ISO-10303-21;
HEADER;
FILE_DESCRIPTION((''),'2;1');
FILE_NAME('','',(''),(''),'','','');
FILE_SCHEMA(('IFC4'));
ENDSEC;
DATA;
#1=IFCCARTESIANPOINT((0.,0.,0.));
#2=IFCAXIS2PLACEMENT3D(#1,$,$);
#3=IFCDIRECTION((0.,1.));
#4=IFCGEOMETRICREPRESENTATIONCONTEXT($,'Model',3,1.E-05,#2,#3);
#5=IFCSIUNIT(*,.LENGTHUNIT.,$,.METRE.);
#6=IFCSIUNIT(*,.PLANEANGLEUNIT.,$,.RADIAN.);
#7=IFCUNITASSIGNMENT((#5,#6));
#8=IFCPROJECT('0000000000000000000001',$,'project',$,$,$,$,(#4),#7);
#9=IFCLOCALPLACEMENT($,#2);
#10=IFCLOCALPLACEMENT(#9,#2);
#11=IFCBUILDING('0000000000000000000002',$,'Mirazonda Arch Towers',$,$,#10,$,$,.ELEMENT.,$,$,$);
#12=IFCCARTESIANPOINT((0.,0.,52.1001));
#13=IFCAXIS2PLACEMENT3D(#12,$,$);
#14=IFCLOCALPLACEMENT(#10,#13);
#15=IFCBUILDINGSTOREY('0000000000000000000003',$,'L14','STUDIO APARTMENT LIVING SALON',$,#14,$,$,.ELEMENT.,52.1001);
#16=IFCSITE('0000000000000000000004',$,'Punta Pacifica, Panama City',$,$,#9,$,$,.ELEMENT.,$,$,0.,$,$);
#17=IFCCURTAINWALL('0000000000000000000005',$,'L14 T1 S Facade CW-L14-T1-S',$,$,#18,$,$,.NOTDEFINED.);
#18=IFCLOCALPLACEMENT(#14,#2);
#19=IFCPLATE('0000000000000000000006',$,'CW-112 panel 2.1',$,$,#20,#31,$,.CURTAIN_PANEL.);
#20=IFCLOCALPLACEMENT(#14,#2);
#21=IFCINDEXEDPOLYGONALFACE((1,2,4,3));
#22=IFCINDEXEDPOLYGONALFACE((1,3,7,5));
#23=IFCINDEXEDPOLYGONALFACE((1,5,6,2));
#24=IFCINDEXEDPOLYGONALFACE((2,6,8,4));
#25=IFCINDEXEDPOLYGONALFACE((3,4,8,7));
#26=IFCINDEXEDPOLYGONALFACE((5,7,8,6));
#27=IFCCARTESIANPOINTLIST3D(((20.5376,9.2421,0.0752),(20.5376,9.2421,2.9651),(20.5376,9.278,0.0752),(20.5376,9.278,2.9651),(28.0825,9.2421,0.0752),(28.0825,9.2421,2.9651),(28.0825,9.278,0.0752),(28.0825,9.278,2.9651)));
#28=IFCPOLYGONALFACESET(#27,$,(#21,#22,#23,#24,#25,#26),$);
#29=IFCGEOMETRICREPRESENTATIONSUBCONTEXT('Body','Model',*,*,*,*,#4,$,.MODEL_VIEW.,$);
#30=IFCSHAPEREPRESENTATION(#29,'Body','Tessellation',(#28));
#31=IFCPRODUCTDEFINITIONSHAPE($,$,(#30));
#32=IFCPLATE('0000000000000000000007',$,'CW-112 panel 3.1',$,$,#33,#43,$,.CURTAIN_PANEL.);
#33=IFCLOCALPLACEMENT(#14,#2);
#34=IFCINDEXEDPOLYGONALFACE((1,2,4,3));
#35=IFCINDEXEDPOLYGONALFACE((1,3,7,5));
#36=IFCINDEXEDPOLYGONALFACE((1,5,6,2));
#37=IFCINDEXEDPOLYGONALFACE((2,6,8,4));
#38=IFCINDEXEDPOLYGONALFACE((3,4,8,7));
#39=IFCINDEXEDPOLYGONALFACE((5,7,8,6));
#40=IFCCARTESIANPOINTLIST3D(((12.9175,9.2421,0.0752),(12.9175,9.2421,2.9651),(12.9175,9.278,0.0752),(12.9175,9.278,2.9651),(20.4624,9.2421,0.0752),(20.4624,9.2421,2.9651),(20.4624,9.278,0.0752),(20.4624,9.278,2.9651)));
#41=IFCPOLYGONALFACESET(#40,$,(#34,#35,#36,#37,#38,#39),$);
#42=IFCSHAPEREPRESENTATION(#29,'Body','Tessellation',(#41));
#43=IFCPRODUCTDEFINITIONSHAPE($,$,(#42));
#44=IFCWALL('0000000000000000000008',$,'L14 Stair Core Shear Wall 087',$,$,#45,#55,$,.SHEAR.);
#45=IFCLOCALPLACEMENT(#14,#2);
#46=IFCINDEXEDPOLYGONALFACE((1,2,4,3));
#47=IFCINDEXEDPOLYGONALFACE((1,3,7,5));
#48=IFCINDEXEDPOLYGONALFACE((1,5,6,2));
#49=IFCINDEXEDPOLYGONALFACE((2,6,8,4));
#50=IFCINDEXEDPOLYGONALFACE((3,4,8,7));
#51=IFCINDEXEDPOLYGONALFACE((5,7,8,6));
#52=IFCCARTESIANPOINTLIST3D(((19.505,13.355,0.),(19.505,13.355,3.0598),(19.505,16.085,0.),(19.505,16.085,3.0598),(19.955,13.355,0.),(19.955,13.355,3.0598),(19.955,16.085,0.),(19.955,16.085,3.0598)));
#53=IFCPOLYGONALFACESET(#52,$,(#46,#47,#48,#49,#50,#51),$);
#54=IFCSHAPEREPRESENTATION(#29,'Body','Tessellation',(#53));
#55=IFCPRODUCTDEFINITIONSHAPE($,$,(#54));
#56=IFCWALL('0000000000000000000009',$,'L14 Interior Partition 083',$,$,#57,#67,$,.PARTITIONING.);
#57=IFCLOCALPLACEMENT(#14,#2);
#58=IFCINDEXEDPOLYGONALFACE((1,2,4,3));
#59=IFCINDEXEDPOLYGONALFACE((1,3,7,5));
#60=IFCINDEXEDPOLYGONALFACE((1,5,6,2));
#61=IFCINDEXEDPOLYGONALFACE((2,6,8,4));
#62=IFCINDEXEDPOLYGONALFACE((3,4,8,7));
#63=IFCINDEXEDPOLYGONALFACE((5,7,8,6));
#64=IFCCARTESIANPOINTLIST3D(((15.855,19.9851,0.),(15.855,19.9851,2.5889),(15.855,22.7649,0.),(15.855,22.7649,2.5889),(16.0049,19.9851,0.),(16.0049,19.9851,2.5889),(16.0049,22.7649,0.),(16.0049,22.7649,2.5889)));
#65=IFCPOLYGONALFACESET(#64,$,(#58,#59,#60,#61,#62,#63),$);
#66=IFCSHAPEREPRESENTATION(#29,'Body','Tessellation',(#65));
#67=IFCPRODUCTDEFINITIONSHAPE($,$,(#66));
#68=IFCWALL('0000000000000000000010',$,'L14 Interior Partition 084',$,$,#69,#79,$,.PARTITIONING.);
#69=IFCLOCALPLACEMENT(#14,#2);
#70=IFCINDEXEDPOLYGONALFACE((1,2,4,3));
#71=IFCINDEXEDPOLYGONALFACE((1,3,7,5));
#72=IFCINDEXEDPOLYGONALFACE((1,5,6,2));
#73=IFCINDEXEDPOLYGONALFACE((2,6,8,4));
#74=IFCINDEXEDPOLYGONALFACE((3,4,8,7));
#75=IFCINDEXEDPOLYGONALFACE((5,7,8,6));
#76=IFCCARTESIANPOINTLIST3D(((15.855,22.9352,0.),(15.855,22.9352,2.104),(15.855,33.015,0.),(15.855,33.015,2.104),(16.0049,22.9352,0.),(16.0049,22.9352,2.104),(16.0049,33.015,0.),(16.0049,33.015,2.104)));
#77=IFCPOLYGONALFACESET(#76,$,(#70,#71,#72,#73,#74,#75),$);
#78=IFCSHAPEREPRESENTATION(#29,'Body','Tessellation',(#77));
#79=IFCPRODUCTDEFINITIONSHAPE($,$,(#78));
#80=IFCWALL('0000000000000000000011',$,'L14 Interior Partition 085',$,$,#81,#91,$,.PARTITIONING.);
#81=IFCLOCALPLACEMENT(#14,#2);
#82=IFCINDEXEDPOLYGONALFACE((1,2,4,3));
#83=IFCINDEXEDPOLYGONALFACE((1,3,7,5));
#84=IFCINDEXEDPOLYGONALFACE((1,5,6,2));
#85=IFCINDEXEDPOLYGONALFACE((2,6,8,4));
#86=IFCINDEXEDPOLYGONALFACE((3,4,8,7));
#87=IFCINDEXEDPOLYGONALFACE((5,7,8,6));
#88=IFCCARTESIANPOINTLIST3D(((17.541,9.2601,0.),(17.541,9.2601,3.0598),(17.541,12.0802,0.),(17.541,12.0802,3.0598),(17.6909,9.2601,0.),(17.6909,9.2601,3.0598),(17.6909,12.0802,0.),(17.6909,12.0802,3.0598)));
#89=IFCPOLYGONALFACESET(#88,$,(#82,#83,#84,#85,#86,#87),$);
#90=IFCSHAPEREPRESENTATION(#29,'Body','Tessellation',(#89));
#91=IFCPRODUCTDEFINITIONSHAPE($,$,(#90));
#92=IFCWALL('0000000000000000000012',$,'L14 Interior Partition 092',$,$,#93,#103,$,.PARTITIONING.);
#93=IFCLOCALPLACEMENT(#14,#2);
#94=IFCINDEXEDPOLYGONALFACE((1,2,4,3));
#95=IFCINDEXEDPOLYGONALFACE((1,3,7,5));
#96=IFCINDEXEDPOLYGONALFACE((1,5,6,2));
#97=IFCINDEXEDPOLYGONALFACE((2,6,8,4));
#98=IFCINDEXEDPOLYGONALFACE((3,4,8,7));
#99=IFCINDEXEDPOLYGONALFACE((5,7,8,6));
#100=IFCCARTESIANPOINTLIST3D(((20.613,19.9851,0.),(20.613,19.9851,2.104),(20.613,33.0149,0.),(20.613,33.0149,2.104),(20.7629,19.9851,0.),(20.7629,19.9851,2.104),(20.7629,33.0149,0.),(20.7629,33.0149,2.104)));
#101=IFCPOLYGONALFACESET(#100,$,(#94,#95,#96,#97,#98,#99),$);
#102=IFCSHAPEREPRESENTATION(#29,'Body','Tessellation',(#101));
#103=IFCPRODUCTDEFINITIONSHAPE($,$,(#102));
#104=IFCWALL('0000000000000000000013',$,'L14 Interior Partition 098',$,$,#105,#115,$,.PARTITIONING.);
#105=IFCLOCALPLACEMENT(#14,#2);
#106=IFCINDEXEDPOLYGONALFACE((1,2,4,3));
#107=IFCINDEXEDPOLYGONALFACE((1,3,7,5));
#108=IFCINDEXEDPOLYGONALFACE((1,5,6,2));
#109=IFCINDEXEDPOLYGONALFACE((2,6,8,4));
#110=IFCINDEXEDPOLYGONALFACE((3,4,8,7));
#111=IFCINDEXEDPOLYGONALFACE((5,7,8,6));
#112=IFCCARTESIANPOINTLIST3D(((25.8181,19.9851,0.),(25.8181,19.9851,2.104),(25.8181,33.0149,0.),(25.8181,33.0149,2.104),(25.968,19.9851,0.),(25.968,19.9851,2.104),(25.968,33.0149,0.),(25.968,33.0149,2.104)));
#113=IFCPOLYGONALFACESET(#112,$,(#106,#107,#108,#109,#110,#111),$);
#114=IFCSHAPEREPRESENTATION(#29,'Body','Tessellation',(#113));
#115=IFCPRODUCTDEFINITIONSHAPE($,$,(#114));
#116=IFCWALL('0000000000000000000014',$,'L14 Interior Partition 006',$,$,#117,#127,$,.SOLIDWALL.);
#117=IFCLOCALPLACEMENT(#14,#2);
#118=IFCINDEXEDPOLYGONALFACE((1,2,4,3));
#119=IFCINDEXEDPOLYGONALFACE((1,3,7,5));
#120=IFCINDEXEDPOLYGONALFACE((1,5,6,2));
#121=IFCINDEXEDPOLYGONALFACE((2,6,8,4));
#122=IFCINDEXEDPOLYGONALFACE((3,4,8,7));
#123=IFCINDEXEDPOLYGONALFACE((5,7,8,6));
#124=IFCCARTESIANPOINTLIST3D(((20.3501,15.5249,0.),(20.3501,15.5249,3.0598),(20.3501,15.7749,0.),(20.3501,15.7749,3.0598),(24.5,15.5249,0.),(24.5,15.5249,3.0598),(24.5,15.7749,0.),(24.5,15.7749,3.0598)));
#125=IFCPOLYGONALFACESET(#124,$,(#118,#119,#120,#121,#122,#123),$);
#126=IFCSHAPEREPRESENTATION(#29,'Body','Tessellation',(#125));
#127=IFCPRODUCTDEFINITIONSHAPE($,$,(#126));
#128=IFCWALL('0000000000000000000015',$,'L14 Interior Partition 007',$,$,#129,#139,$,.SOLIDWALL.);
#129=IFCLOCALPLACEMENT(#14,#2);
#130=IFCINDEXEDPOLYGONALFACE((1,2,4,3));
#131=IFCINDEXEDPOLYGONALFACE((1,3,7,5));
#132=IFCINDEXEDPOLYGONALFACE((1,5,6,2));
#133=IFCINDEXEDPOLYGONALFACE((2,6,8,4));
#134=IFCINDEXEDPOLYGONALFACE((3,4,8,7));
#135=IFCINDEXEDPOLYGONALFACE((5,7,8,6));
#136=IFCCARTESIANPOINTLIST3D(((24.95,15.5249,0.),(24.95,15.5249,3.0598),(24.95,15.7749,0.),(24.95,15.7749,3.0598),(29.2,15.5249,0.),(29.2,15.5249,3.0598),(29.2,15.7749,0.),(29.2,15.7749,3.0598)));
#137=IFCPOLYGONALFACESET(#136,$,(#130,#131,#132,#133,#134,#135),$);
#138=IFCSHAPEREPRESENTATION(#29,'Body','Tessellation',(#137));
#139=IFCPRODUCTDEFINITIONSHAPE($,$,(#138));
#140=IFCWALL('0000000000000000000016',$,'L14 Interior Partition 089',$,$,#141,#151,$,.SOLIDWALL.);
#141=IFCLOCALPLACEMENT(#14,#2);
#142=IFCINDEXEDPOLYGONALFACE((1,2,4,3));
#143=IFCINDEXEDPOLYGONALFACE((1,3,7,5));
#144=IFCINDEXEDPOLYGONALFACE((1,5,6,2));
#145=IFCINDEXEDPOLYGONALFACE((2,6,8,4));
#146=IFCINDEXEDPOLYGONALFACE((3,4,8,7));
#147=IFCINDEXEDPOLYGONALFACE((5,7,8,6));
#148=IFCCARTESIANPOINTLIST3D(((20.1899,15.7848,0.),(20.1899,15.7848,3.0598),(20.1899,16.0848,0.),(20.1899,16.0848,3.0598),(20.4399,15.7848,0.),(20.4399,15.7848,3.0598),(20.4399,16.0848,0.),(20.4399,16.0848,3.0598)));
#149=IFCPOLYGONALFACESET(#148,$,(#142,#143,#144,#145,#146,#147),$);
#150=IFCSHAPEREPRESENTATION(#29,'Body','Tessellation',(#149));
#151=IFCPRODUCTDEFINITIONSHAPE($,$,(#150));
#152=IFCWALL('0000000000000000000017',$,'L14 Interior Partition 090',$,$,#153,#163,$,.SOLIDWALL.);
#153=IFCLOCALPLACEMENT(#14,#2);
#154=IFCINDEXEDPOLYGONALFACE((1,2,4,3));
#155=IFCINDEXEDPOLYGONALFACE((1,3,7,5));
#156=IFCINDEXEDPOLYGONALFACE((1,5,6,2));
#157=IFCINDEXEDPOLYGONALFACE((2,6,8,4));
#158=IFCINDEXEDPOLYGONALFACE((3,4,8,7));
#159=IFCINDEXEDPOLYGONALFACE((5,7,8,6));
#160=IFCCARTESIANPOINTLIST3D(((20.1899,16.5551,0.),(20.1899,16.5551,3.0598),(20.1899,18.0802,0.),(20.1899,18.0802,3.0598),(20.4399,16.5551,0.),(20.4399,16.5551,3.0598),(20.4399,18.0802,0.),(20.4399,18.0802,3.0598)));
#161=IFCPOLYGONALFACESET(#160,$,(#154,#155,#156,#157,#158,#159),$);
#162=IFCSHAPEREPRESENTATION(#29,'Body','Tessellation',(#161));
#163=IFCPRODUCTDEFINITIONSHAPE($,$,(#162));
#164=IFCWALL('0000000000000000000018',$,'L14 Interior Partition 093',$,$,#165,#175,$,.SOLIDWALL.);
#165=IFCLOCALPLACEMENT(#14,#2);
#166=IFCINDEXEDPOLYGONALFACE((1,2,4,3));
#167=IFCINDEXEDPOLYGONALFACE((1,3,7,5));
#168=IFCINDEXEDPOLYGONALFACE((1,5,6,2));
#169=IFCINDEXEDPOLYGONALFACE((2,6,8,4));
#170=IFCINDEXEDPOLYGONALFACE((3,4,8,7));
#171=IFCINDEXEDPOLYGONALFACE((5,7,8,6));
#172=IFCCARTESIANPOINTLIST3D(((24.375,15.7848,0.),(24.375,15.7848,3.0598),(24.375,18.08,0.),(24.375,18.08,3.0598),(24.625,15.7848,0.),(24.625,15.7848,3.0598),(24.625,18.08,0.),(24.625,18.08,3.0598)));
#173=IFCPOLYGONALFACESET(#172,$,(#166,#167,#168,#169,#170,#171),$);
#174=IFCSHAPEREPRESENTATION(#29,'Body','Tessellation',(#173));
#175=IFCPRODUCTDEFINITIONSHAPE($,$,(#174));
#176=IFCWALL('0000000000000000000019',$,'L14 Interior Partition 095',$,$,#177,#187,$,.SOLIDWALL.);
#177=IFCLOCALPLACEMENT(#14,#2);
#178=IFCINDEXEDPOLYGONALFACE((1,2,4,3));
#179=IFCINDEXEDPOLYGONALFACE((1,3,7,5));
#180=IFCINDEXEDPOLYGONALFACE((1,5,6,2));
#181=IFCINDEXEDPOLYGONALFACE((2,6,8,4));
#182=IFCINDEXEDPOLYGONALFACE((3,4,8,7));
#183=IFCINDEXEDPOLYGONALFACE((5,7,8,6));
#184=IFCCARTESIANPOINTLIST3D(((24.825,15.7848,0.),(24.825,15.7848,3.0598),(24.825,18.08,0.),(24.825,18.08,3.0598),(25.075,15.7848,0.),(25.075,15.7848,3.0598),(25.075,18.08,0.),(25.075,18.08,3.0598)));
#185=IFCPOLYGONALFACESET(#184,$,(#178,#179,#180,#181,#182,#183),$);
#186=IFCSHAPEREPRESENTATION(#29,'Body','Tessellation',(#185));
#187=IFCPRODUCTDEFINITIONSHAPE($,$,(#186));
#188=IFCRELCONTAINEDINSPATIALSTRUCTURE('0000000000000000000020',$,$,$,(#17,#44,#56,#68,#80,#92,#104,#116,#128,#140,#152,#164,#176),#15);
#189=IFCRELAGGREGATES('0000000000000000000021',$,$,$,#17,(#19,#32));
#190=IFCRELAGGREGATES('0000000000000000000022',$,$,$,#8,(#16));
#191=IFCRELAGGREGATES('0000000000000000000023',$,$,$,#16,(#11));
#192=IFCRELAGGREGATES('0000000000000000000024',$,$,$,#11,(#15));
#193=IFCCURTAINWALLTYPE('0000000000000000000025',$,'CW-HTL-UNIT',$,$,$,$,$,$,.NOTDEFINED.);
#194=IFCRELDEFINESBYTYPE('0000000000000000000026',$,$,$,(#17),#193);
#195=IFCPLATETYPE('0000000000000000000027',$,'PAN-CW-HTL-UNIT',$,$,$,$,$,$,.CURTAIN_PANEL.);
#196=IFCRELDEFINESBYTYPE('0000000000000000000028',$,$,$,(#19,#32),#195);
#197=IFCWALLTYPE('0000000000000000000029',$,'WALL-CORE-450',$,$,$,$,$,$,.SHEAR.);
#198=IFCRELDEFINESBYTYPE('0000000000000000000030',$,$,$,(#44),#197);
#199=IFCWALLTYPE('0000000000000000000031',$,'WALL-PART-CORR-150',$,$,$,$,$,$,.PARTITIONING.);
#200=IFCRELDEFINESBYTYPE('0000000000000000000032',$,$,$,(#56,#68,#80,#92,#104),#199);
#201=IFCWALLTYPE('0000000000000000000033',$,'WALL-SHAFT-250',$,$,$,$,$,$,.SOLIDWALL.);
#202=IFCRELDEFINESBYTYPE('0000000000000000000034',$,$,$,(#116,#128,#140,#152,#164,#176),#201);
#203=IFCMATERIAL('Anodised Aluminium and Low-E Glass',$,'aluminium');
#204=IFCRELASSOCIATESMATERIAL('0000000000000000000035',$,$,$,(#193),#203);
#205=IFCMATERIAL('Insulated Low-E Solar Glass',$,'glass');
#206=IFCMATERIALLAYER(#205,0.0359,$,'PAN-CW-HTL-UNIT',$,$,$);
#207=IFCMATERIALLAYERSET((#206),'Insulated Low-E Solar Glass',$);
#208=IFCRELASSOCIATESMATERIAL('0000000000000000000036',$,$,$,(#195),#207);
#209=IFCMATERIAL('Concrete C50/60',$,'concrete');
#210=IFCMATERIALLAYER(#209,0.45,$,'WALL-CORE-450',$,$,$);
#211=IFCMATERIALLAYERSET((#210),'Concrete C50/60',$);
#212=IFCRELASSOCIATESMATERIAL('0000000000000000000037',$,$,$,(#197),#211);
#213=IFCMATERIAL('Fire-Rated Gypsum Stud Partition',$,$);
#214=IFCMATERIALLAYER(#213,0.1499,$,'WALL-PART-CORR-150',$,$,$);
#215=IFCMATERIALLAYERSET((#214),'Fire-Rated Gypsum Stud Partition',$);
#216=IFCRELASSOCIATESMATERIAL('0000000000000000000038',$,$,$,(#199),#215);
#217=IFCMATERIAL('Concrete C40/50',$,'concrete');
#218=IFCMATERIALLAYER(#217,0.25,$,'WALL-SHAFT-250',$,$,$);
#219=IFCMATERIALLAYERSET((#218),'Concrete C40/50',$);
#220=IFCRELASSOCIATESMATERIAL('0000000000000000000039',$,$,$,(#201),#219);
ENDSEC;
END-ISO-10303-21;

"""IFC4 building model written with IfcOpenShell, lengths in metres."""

from ifc_helpers import new_model, si_unit, direction, frame, frame_2d, origin, origin_2d, place, context, subcontext, project, spatial, rectangle, extrude, material, layer, layer_set, type_object, element, aggregate, save


model = new_model("IFC4")

# Units and contexts
model_context = context("Model", 3, precision=1e-05, world=origin(), true_north=direction((0.0, 1.0)))
body_context = subcontext(model_context, "Body", "Model", "MODEL_VIEW")
ifc_project = project(units=[si_unit("LENGTHUNIT", "METRE"), si_unit("PLANEANGLEUNIT", "RADIAN")], contexts=[model_context])

# Site, building, storey
site_placement = place(None, origin())
site = spatial("IfcSite", under=ifc_project, at=site_placement, Name="Punta Pacifica, Panama City", CompositionType="ELEMENT", RefElevation=0.0)
building_placement = place(site_placement, origin())
building = spatial("IfcBuilding", under=site, at=building_placement, Name="Mirazonda Arch Towers", CompositionType="ELEMENT")
storey_placement = place(building_placement, frame((0.0, 0.0, 52.1001)))
storey = spatial("IfcBuildingStorey", under=building, at=storey_placement, Name="L14", Description="STUDIO APARTMENT LIVING SALON", CompositionType="ELEMENT", Elevation=52.1001)

# Curtain wall, plates
ifc_material_1 = material(Name="Anodised Aluminium and Low-E Glass", Category="aluminium")
curtain_wall_type = type_object("IfcCurtainWallType", Name="CW-HTL-UNIT", PredefinedType="NOTDEFINED", material=ifc_material_1)
curtain_wall_placement = place(storey_placement, origin())
curtain_wall = element("IfcCurtainWall", 1, at=curtain_wall_placement, inside=storey, type_object=curtain_wall_type, Name="L14 T1 S Facade CW-L14-T1-S", PredefinedType="NOTDEFINED")
ifc_material_2 = material(Name="Insulated Low-E Solar Glass", Category="glass")
ifc_layer_1 = layer(ifc_material_2, 0.0359, Name="PAN-CW-HTL-UNIT")
ifc_layer_set_1 = layer_set([ifc_layer_1], Name="Insulated Low-E Solar Glass")
plate_type = type_object("IfcPlateType", Name="PAN-CW-HTL-UNIT", PredefinedType="CURTAIN_PANEL", material=ifc_layer_set_1)
plate_1_placement = place(storey_placement, frame((24.3101, 9.26, 0.0752), z_axis=(0.0, 0.0, 1.0), x_axis=(-1.0, 0.0, 0.0)))
plate_1 = element("IfcPlate", 2, at=plate_1_placement, type_object=plate_type, Name="CW-112 panel 2.1", PredefinedType="CURTAIN_PANEL", context=body_context, shape_type="SweptSolid", body=[
    extrude(rectangle(XDim=7.5449, YDim=0.0359, at=origin_2d()), origin(), (0.0, 0.0, 1.0), 2.8899),
])
plate_2_placement = place(storey_placement, frame((16.6899, 9.26, 0.0752), z_axis=(0.0, 0.0, 1.0), x_axis=(-1.0, 0.0, 0.0)))
plate_2 = element("IfcPlate", 3, at=plate_2_placement, type_object=plate_type, Name="CW-112 panel 3.1", PredefinedType="CURTAIN_PANEL", context=body_context, shape_type="SweptSolid", body=[
    extrude(rectangle(XDim=7.5449, YDim=0.0359, at=origin_2d()), origin(), (0.0, 0.0, 1.0), 2.8899),
])
aggregate(curtain_wall, [plate_1, plate_2])

# Walls
ifc_material_3 = material(Name="Concrete C50/60", Category="concrete")
ifc_layer_2 = layer(ifc_material_3, 0.45, Name="WALL-CORE-450")
ifc_layer_set_2 = layer_set([ifc_layer_2], Name="Concrete C50/60")
wall_type_1 = type_object("IfcWallType", Name="WALL-CORE-450", PredefinedType="SHEAR", material=ifc_layer_set_2)
wall_1_placement = place(storey_placement, frame((19.73, 13.355, 0.0), z_axis=(0.0, 0.0, 1.0), x_axis=(0.0, 1.0, 0.0)))
element("IfcWall", 4, at=wall_1_placement, inside=storey, type_object=wall_type_1, Name="L14 Stair Core Shear Wall 087", PredefinedType="SHEAR", context=body_context, shape_type="SweptSolid", body=[
    extrude(rectangle(XDim=2.73, YDim=0.45, at=frame_2d((1.365, 0.0))), origin(), (0.0, 0.0, 1.0), 3.0598),
])
ifc_material_4 = material(Name="Fire-Rated Gypsum Stud Partition")
ifc_layer_3 = layer(ifc_material_4, 0.1499, Name="WALL-PART-CORR-150")
ifc_layer_set_3 = layer_set([ifc_layer_3], Name="Fire-Rated Gypsum Stud Partition")
wall_type_2 = type_object("IfcWallType", Name="WALL-PART-CORR-150", PredefinedType="PARTITIONING", material=ifc_layer_set_3)
wall_2_placement = place(storey_placement, frame((15.9299, 19.9851, 0.0), z_axis=(0.0, 0.0, 1.0), x_axis=(0.0, 1.0, 0.0)))
element("IfcWall", 5, at=wall_2_placement, inside=storey, type_object=wall_type_2, Name="L14 Interior Partition 083", PredefinedType="PARTITIONING", context=body_context, shape_type="SweptSolid", body=[
    extrude(rectangle(XDim=2.7798, YDim=0.1499, at=frame_2d((1.3899, 0.0))), origin(), (0.0, 0.0, 1.0), 2.5889),
])
wall_3_placement = place(storey_placement, frame((15.9299, 22.9351, 0.0), z_axis=(0.0, 0.0, 1.0), x_axis=(0.0, 1.0, 0.0)))
element("IfcWall", 6, at=wall_3_placement, inside=storey, type_object=wall_type_2, Name="L14 Interior Partition 084", PredefinedType="PARTITIONING", context=body_context, shape_type="SweptSolid", body=[
    extrude(rectangle(XDim=10.0798, YDim=0.1499, at=frame_2d((5.04, 0.0))), origin(), (0.0, 0.0, 1.0), 2.104),
])
wall_4_placement = place(storey_placement, frame((17.616, 9.26, 0.0), z_axis=(0.0, 0.0, 1.0), x_axis=(0.0, 1.0, 0.0)))
element("IfcWall", 7, at=wall_4_placement, inside=storey, type_object=wall_type_2, Name="L14 Interior Partition 085", PredefinedType="PARTITIONING", context=body_context, shape_type="SweptSolid", body=[
    extrude(rectangle(XDim=2.8201, YDim=0.1499, at=frame_2d((1.4102, 0.0))), origin(), (0.0, 0.0, 1.0), 3.0598),
])
for number, where, z_axis, x_axis, name in (
    (8, (20.688, 19.9851, 0.0), (0.0, 0.0, 1.0), (0.0, 1.0, 0.0), "L14 Interior Partition 092"),
    (9, (25.8931, 19.9851, 0.0), (0.0, 0.0, 1.0), (0.0, 1.0, 0.0), "L14 Interior Partition 098"),
):
    element("IfcWall", number, at=place(storey_placement, frame(where, z_axis=z_axis, x_axis=x_axis)), inside=storey, type_object=wall_type_2, Name=name, PredefinedType="PARTITIONING", context=body_context, shape_type="SweptSolid", body=[
        extrude(rectangle(XDim=13.0298, YDim=0.1499, at=frame_2d((6.5149, 0.0))), origin(), (0.0, 0.0, 1.0), 2.104),
    ])
ifc_material_5 = material(Name="Concrete C40/50", Category="concrete")
ifc_layer_4 = layer(ifc_material_5, 0.25, Name="WALL-SHAFT-250")
ifc_layer_set_4 = layer_set([ifc_layer_4], Name="Concrete C40/50")
wall_type_3 = type_object("IfcWallType", Name="WALL-SHAFT-250", PredefinedType="SOLIDWALL", material=ifc_layer_set_4)
wall_5_placement = place(storey_placement, frame((20.3501, 15.6499, 0.0), z_axis=(0.0, 0.0, 1.0), x_axis=(1.0, 0.0, 0.0)))
element("IfcWall", 10, at=wall_5_placement, inside=storey, type_object=wall_type_3, Name="L14 Interior Partition 006", PredefinedType="SOLIDWALL", context=body_context, shape_type="SweptSolid", body=[
    extrude(rectangle(XDim=4.1499, YDim=0.25, at=frame_2d((2.075, 0.0))), origin(), (0.0, 0.0, 1.0), 3.0598),
])
wall_6_placement = place(storey_placement, frame((24.95, 15.6499, 0.0), z_axis=(0.0, 0.0, 1.0), x_axis=(1.0, 0.0, 0.0)))
element("IfcWall", 11, at=wall_6_placement, inside=storey, type_object=wall_type_3, Name="L14 Interior Partition 007", PredefinedType="SOLIDWALL", context=body_context, shape_type="SweptSolid", body=[
    extrude(rectangle(XDim=4.25, YDim=0.25, at=frame_2d((2.125, 0.0))), origin(), (0.0, 0.0, 1.0), 3.0598),
])
wall_7_placement = place(storey_placement, frame((20.3149, 15.7849, 0.0), z_axis=(0.0, 0.0, 1.0), x_axis=(0.0, 1.0, 0.0)))
element("IfcWall", 12, at=wall_7_placement, inside=storey, type_object=wall_type_3, Name="L14 Interior Partition 089", PredefinedType="SOLIDWALL", context=body_context, shape_type="SweptSolid", body=[
    extrude(rectangle(XDim=0.3, YDim=0.25, at=frame_2d((0.1499, 0.0))), origin(), (0.0, 0.0, 1.0), 3.0598),
])
wall_8_placement = place(storey_placement, frame((20.3149, 16.5549, 0.0), z_axis=(0.0, 0.0, 1.0), x_axis=(0.0, 1.0, 0.0)))
element("IfcWall", 13, at=wall_8_placement, inside=storey, type_object=wall_type_3, Name="L14 Interior Partition 090", PredefinedType="SOLIDWALL", context=body_context, shape_type="SweptSolid", body=[
    extrude(rectangle(XDim=1.5251, YDim=0.25, at=frame_2d((0.7627, 0.0))), origin(), (0.0, 0.0, 1.0), 3.0598),
])
for number, where, z_axis, x_axis, name in (
    (14, (24.5, 15.7849, 0.0), (0.0, 0.0, 1.0), (0.0, 1.0, 0.0), "L14 Interior Partition 093"),
    (15, (24.95, 15.7849, 0.0), (0.0, 0.0, 1.0), (0.0, 1.0, 0.0), "L14 Interior Partition 095"),
):
    element("IfcWall", number, at=place(storey_placement, frame(where, z_axis=z_axis, x_axis=x_axis)), inside=storey, type_object=wall_type_3, Name=name, PredefinedType="SOLIDWALL", context=body_context, shape_type="SweptSolid", body=[
        extrude(rectangle(XDim=2.2952, YDim=0.25, at=frame_2d((1.1475, 0.0))), origin(), (0.0, 0.0, 1.0), 3.0598),
    ])

save(model, "model.ifc")
